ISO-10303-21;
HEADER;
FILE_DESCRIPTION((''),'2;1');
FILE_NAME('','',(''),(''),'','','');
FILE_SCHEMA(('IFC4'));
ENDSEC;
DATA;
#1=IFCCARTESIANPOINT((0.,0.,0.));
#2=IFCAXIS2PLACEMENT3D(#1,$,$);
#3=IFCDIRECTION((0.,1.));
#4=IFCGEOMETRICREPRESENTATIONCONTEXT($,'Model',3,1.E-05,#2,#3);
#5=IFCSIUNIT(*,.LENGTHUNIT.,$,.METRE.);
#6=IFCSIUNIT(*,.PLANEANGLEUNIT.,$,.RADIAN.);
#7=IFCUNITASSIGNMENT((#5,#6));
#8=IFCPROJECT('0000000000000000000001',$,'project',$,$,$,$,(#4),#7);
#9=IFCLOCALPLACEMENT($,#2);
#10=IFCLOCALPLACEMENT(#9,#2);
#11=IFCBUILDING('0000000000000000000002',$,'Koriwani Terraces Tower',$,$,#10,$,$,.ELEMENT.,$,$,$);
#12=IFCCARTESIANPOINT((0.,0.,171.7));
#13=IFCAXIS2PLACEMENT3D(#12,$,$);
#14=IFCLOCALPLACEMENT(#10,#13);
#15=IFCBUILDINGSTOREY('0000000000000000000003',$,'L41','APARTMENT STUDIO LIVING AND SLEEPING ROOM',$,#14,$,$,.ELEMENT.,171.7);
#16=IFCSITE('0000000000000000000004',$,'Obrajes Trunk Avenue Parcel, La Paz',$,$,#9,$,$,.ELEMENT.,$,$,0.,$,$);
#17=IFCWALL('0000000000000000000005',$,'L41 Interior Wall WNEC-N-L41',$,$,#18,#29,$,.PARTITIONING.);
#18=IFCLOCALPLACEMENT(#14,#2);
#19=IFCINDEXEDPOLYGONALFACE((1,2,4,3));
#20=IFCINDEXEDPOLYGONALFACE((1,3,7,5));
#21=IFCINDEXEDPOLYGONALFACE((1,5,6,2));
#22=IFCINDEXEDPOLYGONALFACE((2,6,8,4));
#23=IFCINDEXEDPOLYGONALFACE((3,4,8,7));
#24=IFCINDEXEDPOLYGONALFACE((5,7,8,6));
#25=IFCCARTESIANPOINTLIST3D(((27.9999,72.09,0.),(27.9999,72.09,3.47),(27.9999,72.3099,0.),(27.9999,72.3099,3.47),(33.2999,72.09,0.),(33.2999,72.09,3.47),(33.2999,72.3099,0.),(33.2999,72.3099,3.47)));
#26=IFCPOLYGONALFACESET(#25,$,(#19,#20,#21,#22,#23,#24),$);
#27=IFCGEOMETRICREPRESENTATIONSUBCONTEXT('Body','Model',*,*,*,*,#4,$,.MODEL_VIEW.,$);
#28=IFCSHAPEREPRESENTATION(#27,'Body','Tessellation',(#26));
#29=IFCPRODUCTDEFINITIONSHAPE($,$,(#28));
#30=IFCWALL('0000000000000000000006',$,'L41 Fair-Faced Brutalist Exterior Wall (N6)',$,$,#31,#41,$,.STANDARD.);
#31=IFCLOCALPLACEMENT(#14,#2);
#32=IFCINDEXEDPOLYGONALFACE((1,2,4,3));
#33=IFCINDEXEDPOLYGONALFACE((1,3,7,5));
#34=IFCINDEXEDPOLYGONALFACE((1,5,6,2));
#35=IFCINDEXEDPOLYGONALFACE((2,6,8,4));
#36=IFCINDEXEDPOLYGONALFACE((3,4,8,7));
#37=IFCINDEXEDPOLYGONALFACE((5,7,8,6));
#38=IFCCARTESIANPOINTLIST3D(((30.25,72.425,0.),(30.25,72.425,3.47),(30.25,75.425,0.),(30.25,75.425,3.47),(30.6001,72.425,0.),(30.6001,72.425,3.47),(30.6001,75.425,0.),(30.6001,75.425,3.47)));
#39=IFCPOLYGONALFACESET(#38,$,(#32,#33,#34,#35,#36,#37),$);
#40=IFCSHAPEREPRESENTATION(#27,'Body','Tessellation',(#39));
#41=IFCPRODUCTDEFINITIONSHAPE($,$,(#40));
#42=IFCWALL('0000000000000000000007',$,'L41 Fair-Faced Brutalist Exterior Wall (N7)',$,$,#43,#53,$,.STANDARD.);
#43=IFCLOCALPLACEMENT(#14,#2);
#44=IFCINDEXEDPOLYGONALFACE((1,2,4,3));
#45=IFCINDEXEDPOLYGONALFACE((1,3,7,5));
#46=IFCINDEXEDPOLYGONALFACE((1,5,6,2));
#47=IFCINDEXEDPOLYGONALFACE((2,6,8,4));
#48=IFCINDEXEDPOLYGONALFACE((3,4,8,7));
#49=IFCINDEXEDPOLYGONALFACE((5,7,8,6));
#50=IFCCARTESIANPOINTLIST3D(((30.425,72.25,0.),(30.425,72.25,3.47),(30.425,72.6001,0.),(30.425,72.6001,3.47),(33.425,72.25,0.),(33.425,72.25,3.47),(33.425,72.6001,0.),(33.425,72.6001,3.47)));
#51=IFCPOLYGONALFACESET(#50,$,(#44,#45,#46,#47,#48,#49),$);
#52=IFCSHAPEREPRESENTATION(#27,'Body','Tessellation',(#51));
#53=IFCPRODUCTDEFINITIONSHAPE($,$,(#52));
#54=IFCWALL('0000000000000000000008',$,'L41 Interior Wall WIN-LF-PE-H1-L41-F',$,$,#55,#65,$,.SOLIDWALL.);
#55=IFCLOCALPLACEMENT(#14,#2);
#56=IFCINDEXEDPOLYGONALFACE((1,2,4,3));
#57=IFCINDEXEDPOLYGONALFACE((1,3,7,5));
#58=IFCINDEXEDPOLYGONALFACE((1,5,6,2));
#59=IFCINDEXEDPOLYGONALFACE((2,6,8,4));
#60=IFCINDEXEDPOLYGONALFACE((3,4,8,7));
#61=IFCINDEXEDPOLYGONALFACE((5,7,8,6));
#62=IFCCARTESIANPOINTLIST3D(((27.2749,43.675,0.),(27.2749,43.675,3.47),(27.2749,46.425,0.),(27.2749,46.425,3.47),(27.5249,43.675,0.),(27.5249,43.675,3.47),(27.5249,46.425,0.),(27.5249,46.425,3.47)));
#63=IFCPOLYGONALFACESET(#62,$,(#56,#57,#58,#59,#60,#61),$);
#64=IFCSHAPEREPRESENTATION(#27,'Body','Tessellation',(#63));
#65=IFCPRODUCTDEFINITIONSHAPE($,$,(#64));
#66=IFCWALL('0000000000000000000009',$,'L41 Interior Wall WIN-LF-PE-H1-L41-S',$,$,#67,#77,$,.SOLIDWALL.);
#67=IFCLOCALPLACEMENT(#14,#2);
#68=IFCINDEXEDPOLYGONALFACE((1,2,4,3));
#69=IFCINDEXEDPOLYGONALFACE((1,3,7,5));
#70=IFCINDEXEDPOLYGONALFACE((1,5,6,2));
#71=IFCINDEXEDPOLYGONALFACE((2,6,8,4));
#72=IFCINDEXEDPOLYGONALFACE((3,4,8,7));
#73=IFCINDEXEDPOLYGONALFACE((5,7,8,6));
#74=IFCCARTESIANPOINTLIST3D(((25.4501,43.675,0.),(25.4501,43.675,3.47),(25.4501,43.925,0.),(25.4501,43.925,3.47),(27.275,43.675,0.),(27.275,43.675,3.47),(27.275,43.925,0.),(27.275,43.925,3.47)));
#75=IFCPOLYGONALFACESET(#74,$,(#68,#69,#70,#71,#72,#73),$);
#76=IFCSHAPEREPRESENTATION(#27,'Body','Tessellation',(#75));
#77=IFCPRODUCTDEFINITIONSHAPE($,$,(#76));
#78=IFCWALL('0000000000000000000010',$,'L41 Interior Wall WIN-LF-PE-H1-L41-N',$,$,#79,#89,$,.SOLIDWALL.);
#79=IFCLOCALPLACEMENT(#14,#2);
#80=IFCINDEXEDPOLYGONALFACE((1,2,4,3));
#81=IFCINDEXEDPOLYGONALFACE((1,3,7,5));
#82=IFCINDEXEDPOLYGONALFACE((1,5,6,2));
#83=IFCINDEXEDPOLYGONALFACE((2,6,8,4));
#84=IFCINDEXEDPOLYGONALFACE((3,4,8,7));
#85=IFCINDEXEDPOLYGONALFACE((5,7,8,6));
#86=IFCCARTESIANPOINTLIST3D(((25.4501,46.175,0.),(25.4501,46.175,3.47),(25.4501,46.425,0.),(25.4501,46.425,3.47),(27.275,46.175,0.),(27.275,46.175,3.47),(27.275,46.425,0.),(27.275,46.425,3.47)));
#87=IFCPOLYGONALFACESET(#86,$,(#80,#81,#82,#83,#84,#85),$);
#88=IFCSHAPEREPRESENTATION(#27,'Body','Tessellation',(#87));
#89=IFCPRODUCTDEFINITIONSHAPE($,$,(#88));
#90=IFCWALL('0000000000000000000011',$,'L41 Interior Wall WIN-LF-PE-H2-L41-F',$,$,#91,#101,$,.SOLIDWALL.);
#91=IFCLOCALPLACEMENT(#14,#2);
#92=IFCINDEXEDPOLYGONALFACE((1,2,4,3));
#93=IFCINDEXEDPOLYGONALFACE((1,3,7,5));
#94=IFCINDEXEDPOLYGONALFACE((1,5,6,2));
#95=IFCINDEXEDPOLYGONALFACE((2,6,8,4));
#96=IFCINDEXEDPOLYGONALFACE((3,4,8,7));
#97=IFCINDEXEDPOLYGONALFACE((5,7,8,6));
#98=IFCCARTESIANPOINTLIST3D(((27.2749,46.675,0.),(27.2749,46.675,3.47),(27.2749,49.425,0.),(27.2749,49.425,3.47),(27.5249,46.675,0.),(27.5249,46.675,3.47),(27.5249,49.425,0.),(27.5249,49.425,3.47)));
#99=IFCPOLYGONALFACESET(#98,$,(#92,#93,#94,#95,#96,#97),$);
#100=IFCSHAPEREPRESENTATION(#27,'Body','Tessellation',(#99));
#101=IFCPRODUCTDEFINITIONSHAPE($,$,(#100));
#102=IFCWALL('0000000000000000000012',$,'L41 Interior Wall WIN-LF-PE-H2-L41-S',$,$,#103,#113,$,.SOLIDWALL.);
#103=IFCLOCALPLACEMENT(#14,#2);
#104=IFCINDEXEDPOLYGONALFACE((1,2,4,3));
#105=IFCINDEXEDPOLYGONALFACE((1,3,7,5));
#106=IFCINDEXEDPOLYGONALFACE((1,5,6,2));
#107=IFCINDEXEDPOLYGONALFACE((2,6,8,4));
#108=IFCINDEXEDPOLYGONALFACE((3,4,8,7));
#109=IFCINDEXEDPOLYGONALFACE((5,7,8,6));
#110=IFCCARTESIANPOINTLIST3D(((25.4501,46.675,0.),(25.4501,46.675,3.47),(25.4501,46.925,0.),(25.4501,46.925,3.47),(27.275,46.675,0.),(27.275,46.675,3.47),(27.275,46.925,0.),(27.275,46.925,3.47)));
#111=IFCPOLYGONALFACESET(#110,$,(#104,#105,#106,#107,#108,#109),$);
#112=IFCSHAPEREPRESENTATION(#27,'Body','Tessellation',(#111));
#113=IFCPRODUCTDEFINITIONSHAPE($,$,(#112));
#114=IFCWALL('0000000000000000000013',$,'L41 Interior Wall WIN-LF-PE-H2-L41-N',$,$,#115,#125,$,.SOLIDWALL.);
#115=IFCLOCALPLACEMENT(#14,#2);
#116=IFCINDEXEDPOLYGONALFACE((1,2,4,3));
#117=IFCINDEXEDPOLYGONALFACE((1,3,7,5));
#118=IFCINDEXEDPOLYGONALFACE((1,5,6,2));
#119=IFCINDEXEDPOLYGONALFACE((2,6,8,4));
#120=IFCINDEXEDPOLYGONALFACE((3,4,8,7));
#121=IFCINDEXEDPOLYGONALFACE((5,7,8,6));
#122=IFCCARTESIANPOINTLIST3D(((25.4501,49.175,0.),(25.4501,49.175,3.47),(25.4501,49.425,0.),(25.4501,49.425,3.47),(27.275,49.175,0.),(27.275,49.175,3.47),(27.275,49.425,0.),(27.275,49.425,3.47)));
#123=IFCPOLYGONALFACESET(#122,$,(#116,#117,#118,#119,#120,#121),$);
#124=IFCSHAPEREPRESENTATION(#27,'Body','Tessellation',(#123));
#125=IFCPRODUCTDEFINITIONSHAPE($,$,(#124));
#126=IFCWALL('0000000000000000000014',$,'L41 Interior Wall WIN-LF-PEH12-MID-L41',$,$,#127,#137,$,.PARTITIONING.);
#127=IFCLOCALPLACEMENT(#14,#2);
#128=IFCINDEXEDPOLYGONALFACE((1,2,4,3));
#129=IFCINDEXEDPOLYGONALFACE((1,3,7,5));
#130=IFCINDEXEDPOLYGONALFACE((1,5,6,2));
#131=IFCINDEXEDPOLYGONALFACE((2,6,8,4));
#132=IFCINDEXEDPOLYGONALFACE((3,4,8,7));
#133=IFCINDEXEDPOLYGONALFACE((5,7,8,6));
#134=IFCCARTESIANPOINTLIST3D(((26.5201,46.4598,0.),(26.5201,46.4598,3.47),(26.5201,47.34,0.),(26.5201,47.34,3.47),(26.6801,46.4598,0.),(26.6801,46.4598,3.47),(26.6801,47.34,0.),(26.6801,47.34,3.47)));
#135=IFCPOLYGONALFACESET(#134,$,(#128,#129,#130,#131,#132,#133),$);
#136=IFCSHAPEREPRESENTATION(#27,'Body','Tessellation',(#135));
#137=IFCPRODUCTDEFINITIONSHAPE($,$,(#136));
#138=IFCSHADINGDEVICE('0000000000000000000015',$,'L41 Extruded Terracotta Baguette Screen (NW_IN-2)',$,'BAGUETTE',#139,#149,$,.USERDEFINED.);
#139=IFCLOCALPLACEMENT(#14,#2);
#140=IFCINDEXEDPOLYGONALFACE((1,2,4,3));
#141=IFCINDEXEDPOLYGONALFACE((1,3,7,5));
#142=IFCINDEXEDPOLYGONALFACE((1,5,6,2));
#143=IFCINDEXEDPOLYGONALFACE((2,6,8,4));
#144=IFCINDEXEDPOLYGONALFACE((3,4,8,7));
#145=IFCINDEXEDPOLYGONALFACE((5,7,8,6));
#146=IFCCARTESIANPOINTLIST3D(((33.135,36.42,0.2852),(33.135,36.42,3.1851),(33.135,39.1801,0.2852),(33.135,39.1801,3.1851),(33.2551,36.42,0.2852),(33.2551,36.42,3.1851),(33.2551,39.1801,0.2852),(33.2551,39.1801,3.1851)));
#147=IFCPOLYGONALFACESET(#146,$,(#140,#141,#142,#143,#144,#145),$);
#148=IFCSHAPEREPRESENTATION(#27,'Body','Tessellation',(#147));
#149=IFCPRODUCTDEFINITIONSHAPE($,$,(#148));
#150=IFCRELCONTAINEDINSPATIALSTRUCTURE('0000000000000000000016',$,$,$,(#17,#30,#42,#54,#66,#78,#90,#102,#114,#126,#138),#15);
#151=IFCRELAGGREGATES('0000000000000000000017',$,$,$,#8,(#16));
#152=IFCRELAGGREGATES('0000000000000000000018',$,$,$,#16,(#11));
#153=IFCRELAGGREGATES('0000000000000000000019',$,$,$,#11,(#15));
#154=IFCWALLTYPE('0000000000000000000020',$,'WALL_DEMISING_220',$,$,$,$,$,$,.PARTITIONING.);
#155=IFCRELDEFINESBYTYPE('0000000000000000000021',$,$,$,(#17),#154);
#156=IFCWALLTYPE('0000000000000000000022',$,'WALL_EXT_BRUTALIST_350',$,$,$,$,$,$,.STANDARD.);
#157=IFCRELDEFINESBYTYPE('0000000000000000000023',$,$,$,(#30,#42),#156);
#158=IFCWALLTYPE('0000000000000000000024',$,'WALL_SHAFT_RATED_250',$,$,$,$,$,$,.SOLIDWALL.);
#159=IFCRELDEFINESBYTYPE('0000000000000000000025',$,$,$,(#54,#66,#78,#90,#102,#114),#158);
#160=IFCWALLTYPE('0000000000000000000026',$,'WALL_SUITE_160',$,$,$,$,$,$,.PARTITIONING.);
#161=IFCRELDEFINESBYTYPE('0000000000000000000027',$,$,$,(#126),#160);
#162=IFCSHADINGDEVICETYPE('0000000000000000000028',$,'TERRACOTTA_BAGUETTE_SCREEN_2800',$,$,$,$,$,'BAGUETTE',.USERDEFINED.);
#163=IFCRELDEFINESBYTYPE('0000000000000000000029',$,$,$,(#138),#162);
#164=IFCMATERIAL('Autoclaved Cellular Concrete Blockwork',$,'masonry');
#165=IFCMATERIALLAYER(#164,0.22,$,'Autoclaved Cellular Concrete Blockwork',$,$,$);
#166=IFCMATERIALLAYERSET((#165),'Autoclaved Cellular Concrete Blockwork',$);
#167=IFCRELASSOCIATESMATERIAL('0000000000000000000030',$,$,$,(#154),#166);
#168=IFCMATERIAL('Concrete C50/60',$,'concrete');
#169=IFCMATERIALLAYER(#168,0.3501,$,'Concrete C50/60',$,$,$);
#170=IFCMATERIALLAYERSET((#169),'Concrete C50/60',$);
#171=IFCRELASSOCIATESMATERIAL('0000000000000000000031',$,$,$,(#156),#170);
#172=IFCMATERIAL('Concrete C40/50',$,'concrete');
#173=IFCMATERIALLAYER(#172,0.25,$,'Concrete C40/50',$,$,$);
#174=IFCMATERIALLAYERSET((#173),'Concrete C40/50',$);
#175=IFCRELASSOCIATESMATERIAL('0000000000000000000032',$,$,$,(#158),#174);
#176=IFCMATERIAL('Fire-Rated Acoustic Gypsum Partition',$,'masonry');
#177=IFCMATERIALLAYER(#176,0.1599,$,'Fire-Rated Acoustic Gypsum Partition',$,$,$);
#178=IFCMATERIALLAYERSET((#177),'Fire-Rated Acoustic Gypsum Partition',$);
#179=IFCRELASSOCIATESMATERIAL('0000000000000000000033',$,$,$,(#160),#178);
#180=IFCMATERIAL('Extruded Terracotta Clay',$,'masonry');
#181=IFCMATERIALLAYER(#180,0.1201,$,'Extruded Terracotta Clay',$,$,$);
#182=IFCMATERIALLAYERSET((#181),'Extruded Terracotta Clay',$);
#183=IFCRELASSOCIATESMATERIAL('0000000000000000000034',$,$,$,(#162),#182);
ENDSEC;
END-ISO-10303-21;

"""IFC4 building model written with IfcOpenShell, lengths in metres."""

from ifc_helpers import new_model, si_unit, direction, frame, frame_2d, origin, origin_2d, place, context, subcontext, project, spatial, rectangle, extrude, material, layer, layer_set, type_object, element, save


model = new_model("IFC4")

# Units and contexts
model_context = context("Model", 3, precision=1e-05, world=origin(), true_north=direction((0.0, 1.0)))
body_context = subcontext(model_context, "Body", "Model", "MODEL_VIEW")
ifc_project = project(units=[si_unit("LENGTHUNIT", "METRE"), si_unit("PLANEANGLEUNIT", "RADIAN")], contexts=[model_context])

# Site, building, storey
site_placement = place(None, origin())
site = spatial("IfcSite", under=ifc_project, at=site_placement, Name="Obrajes Trunk Avenue Parcel, La Paz", CompositionType="ELEMENT", RefElevation=0.0)
building_placement = place(site_placement, origin())
building = spatial("IfcBuilding", under=site, at=building_placement, Name="Koriwani Terraces Tower", CompositionType="ELEMENT")
storey_placement = place(building_placement, frame((0.0, 0.0, 171.7)))
storey = spatial("IfcBuildingStorey", under=building, at=storey_placement, Name="L41", Description="APARTMENT STUDIO LIVING AND SLEEPING ROOM", CompositionType="ELEMENT", Elevation=171.7)

# Shared definitions
ifc_material_1 = material(Name="Concrete C50/60", Category="concrete")

# Shared definitions
ifc_material_2 = material(Name="Autoclaved Cellular Concrete Blockwork", Category="masonry")

# Walls
ifc_layer_1 = layer(ifc_material_2, 0.22, Name="Autoclaved Cellular Concrete Blockwork")
ifc_layer_set_1 = layer_set([ifc_layer_1], Name="Autoclaved Cellular Concrete Blockwork")
wall_type_1 = type_object("IfcWallType", Name="WALL_DEMISING_220", PredefinedType="PARTITIONING", material=ifc_layer_set_1)
wall_1_placement = place(storey_placement, frame((28.0, 72.2, 0.0), z_axis=(0.0, 0.0, 1.0), x_axis=(1.0, 0.0, 0.0)))
element("IfcWall", 1, at=wall_1_placement, inside=storey, type_object=wall_type_1, Name="L41 Interior Wall WNEC-N-L41", PredefinedType="PARTITIONING", context=body_context, shape_type="SweptSolid", body=[
    extrude(rectangle(XDim=5.3, YDim=0.22, at=frame_2d((2.6499, 0.0))), origin(), (0.0, 0.0, 1.0), 3.47),
])
ifc_layer_2 = layer(ifc_material_1, 0.3501, Name="Concrete C50/60")
ifc_layer_set_2 = layer_set([ifc_layer_2], Name="Concrete C50/60")
wall_type_2 = type_object("IfcWallType", Name="WALL_EXT_BRUTALIST_350", PredefinedType="STANDARD", material=ifc_layer_set_2)
for number, where, z_axis, x_axis, name in (
    (2, (30.425, 75.425, 0.0), (0.0, 0.0, 1.0), (0.0, -1.0, 0.0), "L41 Fair-Faced Brutalist Exterior Wall (N6)"),
    (3, (30.425, 72.425, 0.0), (0.0, 0.0, 1.0), (1.0, 0.0, 0.0), "L41 Fair-Faced Brutalist Exterior Wall (N7)"),
):
    element("IfcWall", number, at=place(storey_placement, frame(where, z_axis=z_axis, x_axis=x_axis)), inside=storey, type_object=wall_type_2, Name=name, PredefinedType="STANDARD", context=body_context, shape_type="SweptSolid", body=[
        extrude(rectangle(XDim=3.0, YDim=0.3501, at=frame_2d((1.5, 0.0))), origin(), (0.0, 0.0, 1.0), 3.47),
    ])

# Shared definitions
ifc_material_3 = material(Name="Concrete C40/50", Category="concrete")
ifc_layer_3 = layer(ifc_material_3, 0.25, Name="Concrete C40/50")
ifc_layer_set_3 = layer_set([ifc_layer_3], Name="Concrete C40/50")
wall_type_3 = type_object("IfcWallType", Name="WALL_SHAFT_RATED_250", PredefinedType="SOLIDWALL", material=ifc_layer_set_3)

# Walls
wall_2_placement = place(storey_placement, frame((27.3999, 43.675, 0.0), z_axis=(0.0, 0.0, 1.0), x_axis=(0.0, 1.0, 0.0)))
element("IfcWall", 4, at=wall_2_placement, inside=storey, type_object=wall_type_3, Name="L41 Interior Wall WIN-LF-PE-H1-L41-F", PredefinedType="SOLIDWALL", context=body_context, shape_type="SweptSolid", body=[
    extrude(rectangle(XDim=2.75, YDim=0.25, at=frame_2d((1.375, 0.0))), origin(), (0.0, 0.0, 1.0), 3.47),
])
for number, where, z_axis, x_axis, name in (
    (5, (25.45, 43.8, 0.0), (0.0, 0.0, 1.0), (1.0, 0.0, 0.0), "L41 Interior Wall WIN-LF-PE-H1-L41-S"),
    (6, (25.45, 46.3, 0.0), (0.0, 0.0, 1.0), (1.0, 0.0, 0.0), "L41 Interior Wall WIN-LF-PE-H1-L41-N"),
):
    element("IfcWall", number, at=place(storey_placement, frame(where, z_axis=z_axis, x_axis=x_axis)), inside=storey, type_object=wall_type_3, Name=name, PredefinedType="SOLIDWALL", context=body_context, shape_type="SweptSolid", body=[
        extrude(rectangle(XDim=1.825, YDim=0.25, at=frame_2d((0.9126, 0.0))), origin(), (0.0, 0.0, 1.0), 3.47),
    ])
wall_3_placement = place(storey_placement, frame((27.3999, 46.675, 0.0), z_axis=(0.0, 0.0, 1.0), x_axis=(0.0, 1.0, 0.0)))
element("IfcWall", 7, at=wall_3_placement, inside=storey, type_object=wall_type_3, Name="L41 Interior Wall WIN-LF-PE-H2-L41-F", PredefinedType="SOLIDWALL", context=body_context, shape_type="SweptSolid", body=[
    extrude(rectangle(XDim=2.75, YDim=0.25, at=frame_2d((1.375, 0.0))), origin(), (0.0, 0.0, 1.0), 3.47),
])
for number, where, z_axis, x_axis, name in (
    (8, (25.45, 46.8, 0.0), (0.0, 0.0, 1.0), (1.0, 0.0, 0.0), "L41 Interior Wall WIN-LF-PE-H2-L41-S"),
    (9, (25.45, 49.3, 0.0), (0.0, 0.0, 1.0), (1.0, 0.0, 0.0), "L41 Interior Wall WIN-LF-PE-H2-L41-N"),
):
    element("IfcWall", number, at=place(storey_placement, frame(where, z_axis=z_axis, x_axis=x_axis)), inside=storey, type_object=wall_type_3, Name=name, PredefinedType="SOLIDWALL", context=body_context, shape_type="SweptSolid", body=[
        extrude(rectangle(XDim=1.825, YDim=0.25, at=frame_2d((0.9126, 0.0))), origin(), (0.0, 0.0, 1.0), 3.47),
    ])
ifc_material_4 = material(Name="Fire-Rated Acoustic Gypsum Partition", Category="masonry")
ifc_layer_4 = layer(ifc_material_4, 0.1599, Name="Fire-Rated Acoustic Gypsum Partition")
ifc_layer_set_4 = layer_set([ifc_layer_4], Name="Fire-Rated Acoustic Gypsum Partition")
wall_type_4 = type_object("IfcWallType", Name="WALL_SUITE_160", PredefinedType="PARTITIONING", material=ifc_layer_set_4)
wall_4_placement = place(storey_placement, frame((26.6001, 46.46, 0.0), z_axis=(0.0, 0.0, 1.0), x_axis=(0.0, 1.0, 0.0)))
element("IfcWall", 10, at=wall_4_placement, inside=storey, type_object=wall_type_4, Name="L41 Interior Wall WIN-LF-PEH12-MID-L41", PredefinedType="PARTITIONING", context=body_context, shape_type="SweptSolid", body=[
    extrude(rectangle(XDim=0.8801, YDim=0.1599, at=frame_2d((0.4399, 0.0))), origin(), (0.0, 0.0, 1.0), 3.47),
])

# Shading device
ifc_material_5 = material(Name="Extruded Terracotta Clay", Category="masonry")
ifc_layer_5 = layer(ifc_material_5, 0.1201, Name="Extruded Terracotta Clay")
ifc_layer_set_5 = layer_set([ifc_layer_5], Name="Extruded Terracotta Clay")
shading_device_type = type_object("IfcShadingDeviceType", Name="TERRACOTTA_BAGUETTE_SCREEN_2800", ElementType="BAGUETTE", PredefinedType="USERDEFINED", material=ifc_layer_set_5)
shading_device_placement = place(storey_placement, frame((33.1951, 37.8, 0.2852), z_axis=(0.0, 0.0, 1.0), x_axis=(0.0, -1.0, 0.0)))
element("IfcShadingDevice", 11, at=shading_device_placement, inside=storey, type_object=shading_device_type, Name="L41 Extruded Terracotta Baguette Screen (NW_IN-2)", ObjectType="BAGUETTE", PredefinedType="USERDEFINED", context=body_context, shape_type="SweptSolid", body=[
    extrude(rectangle(XDim=2.76, YDim=0.1201, at=origin_2d()), origin(), (0.0, 0.0, 1.0), 2.8999),
])

save(model, "model.ifc")
